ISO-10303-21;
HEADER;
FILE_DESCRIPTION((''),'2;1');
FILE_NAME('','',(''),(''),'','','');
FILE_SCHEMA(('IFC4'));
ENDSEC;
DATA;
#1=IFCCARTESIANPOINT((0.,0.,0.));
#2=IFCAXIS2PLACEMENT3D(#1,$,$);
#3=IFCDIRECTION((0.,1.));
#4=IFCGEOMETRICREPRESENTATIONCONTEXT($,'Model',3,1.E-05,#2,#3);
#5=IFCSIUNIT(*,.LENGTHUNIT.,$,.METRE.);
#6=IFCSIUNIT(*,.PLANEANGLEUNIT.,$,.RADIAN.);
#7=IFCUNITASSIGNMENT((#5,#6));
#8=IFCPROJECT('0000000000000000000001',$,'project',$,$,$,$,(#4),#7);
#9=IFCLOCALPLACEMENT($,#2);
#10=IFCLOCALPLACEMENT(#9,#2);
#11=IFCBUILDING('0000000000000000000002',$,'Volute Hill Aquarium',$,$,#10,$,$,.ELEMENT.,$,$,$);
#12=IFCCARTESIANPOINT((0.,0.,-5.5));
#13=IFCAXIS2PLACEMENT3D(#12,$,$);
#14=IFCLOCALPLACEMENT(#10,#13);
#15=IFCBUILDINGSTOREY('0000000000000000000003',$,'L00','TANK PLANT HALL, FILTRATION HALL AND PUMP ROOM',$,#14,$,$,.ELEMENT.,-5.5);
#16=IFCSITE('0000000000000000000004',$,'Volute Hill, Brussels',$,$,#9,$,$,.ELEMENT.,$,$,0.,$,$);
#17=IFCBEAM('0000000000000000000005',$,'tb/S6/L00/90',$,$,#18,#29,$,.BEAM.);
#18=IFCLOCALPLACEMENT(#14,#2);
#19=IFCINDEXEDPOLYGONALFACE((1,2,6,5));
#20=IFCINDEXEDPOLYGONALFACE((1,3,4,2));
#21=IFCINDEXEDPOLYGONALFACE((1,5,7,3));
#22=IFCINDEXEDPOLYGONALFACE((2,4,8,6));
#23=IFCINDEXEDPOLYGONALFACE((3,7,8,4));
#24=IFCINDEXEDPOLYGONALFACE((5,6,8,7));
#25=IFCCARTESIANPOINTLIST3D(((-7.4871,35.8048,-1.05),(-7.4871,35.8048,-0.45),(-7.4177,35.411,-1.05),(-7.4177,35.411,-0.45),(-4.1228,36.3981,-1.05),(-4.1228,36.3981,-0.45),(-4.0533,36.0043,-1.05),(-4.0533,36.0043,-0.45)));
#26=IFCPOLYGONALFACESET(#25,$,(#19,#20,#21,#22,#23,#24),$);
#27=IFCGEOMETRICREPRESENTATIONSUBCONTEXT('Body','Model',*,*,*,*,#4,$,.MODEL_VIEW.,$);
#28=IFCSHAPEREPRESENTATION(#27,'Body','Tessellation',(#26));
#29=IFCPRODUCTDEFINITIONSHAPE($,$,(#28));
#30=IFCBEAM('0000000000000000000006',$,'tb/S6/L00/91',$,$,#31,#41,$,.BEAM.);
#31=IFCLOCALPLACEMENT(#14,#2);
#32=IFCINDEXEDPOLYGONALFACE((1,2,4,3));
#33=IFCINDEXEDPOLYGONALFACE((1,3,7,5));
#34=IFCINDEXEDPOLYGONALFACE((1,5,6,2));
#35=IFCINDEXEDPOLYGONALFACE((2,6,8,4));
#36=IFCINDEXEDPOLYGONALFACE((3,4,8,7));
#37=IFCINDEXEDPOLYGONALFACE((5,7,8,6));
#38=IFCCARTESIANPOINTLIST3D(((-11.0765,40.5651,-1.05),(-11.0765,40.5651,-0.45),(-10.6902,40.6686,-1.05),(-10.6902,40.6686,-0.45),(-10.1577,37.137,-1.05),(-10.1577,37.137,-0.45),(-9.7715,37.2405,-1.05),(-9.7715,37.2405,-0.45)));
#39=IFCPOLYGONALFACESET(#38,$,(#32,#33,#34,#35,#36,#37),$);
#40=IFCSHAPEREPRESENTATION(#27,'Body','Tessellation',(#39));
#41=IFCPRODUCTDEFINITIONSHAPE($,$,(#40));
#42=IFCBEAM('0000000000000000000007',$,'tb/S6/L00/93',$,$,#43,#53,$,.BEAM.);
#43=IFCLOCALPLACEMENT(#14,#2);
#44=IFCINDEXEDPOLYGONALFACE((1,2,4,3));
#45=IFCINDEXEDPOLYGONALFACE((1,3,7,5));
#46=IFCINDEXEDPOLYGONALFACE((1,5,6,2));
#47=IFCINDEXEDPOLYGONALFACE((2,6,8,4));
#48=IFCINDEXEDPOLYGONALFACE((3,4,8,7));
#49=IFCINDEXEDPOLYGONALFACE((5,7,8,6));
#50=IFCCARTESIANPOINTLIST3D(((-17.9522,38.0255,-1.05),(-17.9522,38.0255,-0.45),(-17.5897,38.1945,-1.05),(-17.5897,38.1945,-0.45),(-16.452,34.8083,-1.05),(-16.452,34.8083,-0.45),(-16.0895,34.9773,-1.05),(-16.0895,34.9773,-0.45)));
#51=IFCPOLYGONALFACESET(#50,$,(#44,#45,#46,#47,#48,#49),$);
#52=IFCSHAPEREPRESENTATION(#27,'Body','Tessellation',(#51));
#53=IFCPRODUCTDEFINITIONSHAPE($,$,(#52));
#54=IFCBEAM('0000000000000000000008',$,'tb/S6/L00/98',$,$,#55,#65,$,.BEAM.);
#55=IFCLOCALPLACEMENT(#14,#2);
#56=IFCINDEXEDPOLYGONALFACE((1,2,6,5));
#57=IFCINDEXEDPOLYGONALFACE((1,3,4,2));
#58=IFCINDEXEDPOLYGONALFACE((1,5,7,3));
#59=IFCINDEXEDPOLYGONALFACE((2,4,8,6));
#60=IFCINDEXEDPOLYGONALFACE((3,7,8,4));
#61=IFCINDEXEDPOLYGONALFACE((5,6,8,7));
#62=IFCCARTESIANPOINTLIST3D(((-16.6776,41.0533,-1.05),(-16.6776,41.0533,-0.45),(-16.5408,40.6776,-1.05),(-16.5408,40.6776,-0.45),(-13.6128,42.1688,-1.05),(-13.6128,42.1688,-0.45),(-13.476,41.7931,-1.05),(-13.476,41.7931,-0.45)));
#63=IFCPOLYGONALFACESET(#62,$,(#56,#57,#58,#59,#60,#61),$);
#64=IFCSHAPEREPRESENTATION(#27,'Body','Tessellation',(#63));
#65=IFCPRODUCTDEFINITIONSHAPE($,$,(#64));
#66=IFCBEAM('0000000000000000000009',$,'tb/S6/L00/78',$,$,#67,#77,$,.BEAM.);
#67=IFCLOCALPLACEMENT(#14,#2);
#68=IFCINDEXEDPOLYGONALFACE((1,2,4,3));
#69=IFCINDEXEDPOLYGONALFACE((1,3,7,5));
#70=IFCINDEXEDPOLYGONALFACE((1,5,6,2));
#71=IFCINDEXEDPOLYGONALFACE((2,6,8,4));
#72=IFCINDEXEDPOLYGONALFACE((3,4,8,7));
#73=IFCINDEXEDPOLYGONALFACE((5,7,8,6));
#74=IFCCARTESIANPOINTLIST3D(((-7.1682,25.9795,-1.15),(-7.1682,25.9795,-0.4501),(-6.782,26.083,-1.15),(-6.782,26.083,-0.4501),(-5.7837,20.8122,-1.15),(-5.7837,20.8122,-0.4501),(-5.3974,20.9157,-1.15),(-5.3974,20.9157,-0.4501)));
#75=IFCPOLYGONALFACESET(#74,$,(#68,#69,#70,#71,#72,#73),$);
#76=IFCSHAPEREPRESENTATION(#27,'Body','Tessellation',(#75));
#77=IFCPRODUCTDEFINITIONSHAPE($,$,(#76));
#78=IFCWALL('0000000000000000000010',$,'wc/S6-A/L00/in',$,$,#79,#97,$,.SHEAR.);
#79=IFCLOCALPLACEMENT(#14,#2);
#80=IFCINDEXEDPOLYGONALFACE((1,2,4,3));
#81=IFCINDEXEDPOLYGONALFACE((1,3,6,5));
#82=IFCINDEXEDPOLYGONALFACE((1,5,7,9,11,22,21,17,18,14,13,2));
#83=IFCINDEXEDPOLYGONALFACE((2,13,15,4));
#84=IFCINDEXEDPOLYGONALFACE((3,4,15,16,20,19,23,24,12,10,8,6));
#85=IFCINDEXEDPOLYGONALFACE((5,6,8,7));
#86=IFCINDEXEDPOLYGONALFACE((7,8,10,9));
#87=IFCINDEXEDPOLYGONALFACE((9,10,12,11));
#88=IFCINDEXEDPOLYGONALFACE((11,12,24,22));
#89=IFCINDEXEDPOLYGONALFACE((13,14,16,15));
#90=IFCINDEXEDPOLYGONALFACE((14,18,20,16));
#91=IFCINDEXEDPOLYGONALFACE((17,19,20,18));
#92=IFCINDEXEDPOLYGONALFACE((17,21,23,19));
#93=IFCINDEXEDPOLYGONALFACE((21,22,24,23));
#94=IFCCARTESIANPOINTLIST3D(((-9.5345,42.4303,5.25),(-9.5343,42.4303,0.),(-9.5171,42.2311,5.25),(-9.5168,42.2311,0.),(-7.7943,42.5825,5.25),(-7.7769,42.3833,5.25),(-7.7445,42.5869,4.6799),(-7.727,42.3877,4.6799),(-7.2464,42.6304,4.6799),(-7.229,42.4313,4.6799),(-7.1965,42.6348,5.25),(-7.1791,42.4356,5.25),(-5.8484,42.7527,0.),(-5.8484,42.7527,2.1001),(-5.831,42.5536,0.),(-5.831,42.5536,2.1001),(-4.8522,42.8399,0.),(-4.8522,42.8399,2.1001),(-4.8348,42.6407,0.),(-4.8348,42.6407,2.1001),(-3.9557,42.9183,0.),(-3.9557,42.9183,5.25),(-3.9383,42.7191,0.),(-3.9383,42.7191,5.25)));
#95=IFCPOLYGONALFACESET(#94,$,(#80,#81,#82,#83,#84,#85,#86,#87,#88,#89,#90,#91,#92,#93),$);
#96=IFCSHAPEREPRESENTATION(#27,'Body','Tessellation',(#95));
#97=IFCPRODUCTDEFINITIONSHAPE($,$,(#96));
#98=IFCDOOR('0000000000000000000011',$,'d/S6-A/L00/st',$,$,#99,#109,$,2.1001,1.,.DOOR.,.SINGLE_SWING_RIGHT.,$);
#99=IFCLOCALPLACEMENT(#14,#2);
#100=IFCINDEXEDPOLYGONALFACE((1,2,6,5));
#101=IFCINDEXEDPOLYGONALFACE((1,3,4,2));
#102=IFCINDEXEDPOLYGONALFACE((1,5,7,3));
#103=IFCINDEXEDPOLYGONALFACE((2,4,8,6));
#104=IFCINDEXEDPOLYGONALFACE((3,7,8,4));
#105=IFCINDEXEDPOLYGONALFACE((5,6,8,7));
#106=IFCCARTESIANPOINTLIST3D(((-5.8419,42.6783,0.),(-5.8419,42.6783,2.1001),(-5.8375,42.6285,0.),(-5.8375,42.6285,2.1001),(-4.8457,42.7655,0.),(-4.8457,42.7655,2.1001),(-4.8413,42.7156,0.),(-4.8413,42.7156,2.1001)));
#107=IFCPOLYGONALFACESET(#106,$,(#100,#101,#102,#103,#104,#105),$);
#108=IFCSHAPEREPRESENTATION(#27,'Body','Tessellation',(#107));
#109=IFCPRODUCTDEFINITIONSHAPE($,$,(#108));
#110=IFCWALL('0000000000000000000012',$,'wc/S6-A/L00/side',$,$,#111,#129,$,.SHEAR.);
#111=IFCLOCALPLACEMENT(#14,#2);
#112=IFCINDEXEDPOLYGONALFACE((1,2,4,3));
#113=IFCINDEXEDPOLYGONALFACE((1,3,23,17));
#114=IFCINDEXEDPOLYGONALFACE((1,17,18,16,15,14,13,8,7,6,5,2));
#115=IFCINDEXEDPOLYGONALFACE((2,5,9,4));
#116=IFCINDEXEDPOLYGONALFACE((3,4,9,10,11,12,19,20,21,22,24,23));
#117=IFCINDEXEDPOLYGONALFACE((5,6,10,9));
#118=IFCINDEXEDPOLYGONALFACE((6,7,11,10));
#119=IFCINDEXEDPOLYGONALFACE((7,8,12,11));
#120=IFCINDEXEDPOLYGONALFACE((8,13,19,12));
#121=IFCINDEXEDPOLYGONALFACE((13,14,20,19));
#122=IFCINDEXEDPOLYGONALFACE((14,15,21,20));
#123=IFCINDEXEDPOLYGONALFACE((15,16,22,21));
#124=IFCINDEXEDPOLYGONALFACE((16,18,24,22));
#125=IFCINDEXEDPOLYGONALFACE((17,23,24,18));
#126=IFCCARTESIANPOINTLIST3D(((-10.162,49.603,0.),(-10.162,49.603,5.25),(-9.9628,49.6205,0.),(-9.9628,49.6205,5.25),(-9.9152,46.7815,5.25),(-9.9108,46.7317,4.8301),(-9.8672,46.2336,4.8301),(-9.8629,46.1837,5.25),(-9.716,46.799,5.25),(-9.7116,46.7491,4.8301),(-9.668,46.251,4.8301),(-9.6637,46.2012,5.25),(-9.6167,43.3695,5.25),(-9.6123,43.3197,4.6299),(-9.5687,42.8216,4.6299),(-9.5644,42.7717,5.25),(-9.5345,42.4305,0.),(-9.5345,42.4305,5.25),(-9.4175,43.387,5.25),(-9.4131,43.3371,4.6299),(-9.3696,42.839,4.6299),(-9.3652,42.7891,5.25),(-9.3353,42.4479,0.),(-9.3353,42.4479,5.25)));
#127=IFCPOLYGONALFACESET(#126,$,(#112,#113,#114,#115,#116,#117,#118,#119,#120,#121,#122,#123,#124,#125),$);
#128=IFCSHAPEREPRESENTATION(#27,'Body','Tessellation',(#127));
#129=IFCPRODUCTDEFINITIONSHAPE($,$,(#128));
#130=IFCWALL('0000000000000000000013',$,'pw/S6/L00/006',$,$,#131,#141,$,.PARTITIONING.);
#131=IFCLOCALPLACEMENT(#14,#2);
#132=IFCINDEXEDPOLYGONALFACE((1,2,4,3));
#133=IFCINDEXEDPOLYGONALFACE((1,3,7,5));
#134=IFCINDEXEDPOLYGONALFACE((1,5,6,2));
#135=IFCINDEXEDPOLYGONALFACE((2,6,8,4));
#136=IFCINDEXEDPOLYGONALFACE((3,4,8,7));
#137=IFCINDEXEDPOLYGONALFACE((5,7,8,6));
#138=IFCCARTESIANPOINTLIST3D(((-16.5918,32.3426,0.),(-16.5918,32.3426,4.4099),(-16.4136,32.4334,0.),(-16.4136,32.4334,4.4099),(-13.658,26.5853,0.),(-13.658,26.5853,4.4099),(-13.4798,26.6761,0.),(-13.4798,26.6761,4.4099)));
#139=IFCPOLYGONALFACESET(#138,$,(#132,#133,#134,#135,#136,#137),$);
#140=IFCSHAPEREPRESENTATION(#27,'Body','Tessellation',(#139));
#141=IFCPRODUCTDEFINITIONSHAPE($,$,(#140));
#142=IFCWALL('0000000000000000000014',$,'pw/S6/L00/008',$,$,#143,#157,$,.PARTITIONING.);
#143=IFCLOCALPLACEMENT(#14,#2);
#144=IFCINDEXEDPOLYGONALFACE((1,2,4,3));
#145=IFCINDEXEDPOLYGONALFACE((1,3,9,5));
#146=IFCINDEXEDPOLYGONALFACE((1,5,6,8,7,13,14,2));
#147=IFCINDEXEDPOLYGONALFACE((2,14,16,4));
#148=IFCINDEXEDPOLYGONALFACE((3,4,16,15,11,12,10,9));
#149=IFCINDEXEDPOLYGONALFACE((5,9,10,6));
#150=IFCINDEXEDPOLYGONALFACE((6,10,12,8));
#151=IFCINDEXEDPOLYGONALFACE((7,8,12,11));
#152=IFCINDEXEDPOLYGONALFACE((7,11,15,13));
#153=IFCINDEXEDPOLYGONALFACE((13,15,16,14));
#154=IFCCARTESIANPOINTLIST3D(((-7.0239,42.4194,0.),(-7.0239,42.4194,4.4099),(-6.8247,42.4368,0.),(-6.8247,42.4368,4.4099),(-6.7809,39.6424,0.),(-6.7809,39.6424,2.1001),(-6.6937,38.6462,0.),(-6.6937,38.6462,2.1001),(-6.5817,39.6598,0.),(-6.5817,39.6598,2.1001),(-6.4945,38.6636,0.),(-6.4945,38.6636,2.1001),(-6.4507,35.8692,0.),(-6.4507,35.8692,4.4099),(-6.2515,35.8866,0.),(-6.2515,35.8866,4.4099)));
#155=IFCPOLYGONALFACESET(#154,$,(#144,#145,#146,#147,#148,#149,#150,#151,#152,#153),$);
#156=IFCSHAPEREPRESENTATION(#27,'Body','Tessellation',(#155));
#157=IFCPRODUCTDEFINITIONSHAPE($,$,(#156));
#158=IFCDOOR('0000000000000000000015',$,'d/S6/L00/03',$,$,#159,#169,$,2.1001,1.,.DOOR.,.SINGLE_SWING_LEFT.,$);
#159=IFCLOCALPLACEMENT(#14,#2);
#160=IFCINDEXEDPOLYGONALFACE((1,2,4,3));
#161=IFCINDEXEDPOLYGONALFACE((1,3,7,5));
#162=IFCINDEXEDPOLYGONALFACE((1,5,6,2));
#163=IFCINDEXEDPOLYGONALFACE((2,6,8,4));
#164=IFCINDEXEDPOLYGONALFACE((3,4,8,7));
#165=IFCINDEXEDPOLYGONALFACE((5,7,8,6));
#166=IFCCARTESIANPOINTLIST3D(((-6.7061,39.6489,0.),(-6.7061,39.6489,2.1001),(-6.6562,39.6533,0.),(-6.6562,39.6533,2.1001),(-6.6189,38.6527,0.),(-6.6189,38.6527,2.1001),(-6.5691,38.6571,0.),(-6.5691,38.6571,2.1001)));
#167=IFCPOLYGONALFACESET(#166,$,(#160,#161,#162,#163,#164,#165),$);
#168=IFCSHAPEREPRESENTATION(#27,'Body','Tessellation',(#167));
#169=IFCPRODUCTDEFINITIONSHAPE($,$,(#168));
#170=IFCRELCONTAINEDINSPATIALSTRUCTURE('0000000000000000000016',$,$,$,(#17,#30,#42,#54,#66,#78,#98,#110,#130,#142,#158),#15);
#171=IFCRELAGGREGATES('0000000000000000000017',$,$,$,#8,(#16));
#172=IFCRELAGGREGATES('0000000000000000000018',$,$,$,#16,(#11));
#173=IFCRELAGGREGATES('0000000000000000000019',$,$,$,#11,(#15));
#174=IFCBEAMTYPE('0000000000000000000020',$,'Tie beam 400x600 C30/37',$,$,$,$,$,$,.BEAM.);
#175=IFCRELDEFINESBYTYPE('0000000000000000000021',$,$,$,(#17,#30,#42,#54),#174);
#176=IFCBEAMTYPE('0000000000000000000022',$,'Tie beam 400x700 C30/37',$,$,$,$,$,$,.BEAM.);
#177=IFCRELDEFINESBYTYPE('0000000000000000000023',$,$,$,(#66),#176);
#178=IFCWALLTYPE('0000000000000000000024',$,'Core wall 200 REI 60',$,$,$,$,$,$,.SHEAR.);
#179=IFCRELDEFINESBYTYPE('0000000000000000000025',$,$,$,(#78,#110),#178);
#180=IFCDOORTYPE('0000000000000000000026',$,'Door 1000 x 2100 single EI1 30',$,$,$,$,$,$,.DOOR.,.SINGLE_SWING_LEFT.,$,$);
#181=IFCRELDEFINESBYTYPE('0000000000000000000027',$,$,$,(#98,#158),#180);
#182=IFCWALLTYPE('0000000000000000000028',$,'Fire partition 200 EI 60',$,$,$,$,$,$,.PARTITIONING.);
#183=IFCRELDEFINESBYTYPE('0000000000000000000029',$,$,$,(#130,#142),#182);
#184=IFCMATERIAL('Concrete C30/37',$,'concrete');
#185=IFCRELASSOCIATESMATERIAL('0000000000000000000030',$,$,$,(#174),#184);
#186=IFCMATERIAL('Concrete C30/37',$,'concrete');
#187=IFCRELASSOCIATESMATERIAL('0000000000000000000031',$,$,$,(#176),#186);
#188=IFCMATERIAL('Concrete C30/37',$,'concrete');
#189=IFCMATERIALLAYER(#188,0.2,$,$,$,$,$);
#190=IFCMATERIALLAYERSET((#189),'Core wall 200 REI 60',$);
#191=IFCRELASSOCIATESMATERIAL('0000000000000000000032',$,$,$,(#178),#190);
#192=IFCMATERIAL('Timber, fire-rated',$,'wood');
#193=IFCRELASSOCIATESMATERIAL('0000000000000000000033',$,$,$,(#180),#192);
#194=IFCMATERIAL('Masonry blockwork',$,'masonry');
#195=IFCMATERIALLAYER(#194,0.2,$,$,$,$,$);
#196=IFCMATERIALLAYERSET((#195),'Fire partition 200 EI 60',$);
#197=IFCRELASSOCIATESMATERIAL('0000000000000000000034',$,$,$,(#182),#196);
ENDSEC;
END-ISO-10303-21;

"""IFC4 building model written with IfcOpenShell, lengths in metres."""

from ifc_helpers import new_model, si_unit, direction, frame, frame_2d, origin, origin_2d, place, context, subcontext, project, spatial, polyline, rectangle, outline, extrude, material, layer, layer_set, material_profile, profile_set, type_object, element, fill, save


model = new_model("IFC4")

# Units and contexts
model_context = context("Model", 3, precision=1e-05, world=origin(), true_north=direction((0.0, 1.0)))
body_context = subcontext(model_context, "Body", "Model", "MODEL_VIEW")
ifc_project = project(units=[si_unit("LENGTHUNIT", "METRE"), si_unit("PLANEANGLEUNIT", "RADIAN")], contexts=[model_context])

# Site, building, storey
site_placement = place(None, origin())
site = spatial("IfcSite", under=ifc_project, at=site_placement, Name="Volute Hill, Brussels", CompositionType="ELEMENT", RefElevation=0.0)
building_placement = place(site_placement, origin())
building = spatial("IfcBuilding", under=site, at=building_placement, Name="Volute Hill Aquarium", CompositionType="ELEMENT")
storey_placement = place(building_placement, frame((0.0, 0.0, -5.5)))
storey = spatial("IfcBuildingStorey", under=building, at=storey_placement, Name="L00", Description="TANK PLANT HALL, FILTRATION HALL AND PUMP ROOM", CompositionType="ELEMENT", Elevation=-5.5)

# Beams
ifc_material_1 = material(Name="Concrete C30/37", Category="concrete")
ifc_material_profile_1 = material_profile(ifc_material_1, rectangle(XDim=0.3999, YDim=0.6001, at=origin_2d()), Name="RC tie beam 400x600")
ifc_profile_set_1 = profile_set([ifc_material_profile_1], Name="Concrete C30/37")
beam_type_1 = type_object("IfcBeamType", Name="Tie beam 400x600 C30/37", PredefinedType="BEAM", material=ifc_profile_set_1)
beam_1_placement = place(storey_placement, frame((-7.4524, 35.6079, -0.75), z_axis=(0.984805, 0.173663, 0.0), x_axis=(-0.173663, 0.984805, 0.0)))
element("IfcBeam", 1, at=beam_1_placement, inside=storey, type_object=beam_type_1, Name="tb/S6/L00/90", PredefinedType="BEAM", context=body_context, shape_type="SweptSolid", body=[
    extrude(rectangle(XDim=0.3999, YDim=0.6001, at=origin_2d()), origin(), (0.0, 0.0, 1.0), 3.4163),
])
beam_2_placement = place(storey_placement, frame((-9.9646, 37.1887, -0.75), z_axis=(-0.258866, 0.965913, 0.0), x_axis=(-0.965913, -0.258866, 0.0)))
element("IfcBeam", 2, at=beam_2_placement, inside=storey, type_object=beam_type_1, Name="tb/S6/L00/91", PredefinedType="BEAM", context=body_context, shape_type="SweptSolid", body=[
    extrude(rectangle(XDim=0.3999, YDim=0.6001, at=origin_2d()), origin(), (0.0, 0.0, 1.0), 3.5491),
])
beam_3_placement = place(storey_placement, frame((-16.2708, 34.8928, -0.75), z_axis=(-0.422618, 0.906308, 0.0), x_axis=(-0.906308, -0.422618, 0.0)))
element("IfcBeam", 3, at=beam_3_placement, inside=storey, type_object=beam_type_1, Name="tb/S6/L00/93", PredefinedType="BEAM", context=body_context, shape_type="SweptSolid", body=[
    extrude(rectangle(XDim=0.3999, YDim=0.6001, at=origin_2d()), origin(), (0.0, 0.0, 1.0), 3.5498),
])
beam_4_placement = place(storey_placement, frame((-13.5444, 41.981, -0.75), z_axis=(-0.939691, -0.342026, 0.0), x_axis=(0.342026, -0.939691, 0.0)))
element("IfcBeam", 4, at=beam_4_placement, inside=storey, type_object=beam_type_1, Name="tb/S6/L00/98", PredefinedType="BEAM", context=body_context, shape_type="SweptSolid", body=[
    extrude(rectangle(XDim=0.3999, YDim=0.6001, at=origin_2d()), origin(), (0.0, 0.0, 1.0), 3.2615),
])
ifc_material_2 = material(Name="Concrete C30/37", Category="concrete")
ifc_material_profile_2 = material_profile(ifc_material_2, rectangle(XDim=0.3999, YDim=0.7, at=origin_2d()), Name="RC tie beam 400x700")
ifc_profile_set_2 = profile_set([ifc_material_profile_2], Name="Concrete C30/37")
beam_type_2 = type_object("IfcBeamType", Name="Tie beam 400x700 C30/37", PredefinedType="BEAM", material=ifc_profile_set_2)
beam_5_placement = place(storey_placement, frame((-6.9751, 26.0312, -0.8), z_axis=(0.258813, -0.965927, 0.0), x_axis=(0.965927, 0.258813, 0.0)))
element("IfcBeam", 5, at=beam_5_placement, inside=storey, type_object=beam_type_2, Name="tb/S6/L00/78", PredefinedType="BEAM", context=body_context, shape_type="SweptSolid", body=[
    extrude(rectangle(XDim=0.3999, YDim=0.7, at=origin_2d()), origin(), (0.0, 0.0, 1.0), 5.3496),
])

# Wall, opening, door
ifc_material_3 = material(Name="Concrete C30/37", Category="concrete")
ifc_layer_1 = layer(ifc_material_3, 0.2)
ifc_layer_set_1 = layer_set([ifc_layer_1], Name="Core wall 200 REI 60")
wall_type_1 = type_object("IfcWallType", Name="Core wall 200 REI 60", PredefinedType="SHEAR", material=ifc_layer_set_1)
wall_1_placement = place(storey_placement, frame((-3.947, 42.8188, 0.0), z_axis=(0.0, 0.0, 1.0), x_axis=(-0.996195, -0.087151, 0.0)))
wall_1 = element("IfcWall", 6, at=wall_1_placement, inside=storey, type_object=wall_type_1, Name="wc/S6-A/L00/in", PredefinedType="SHEAR", context=body_context, shape_type="SweptSolid", body=[
    extrude(outline(polyline([(0.0, 0.0), (5.5999, 0.0), (5.6001, 5.25), (3.8533, 5.25), (3.8032, 4.6799), (3.3032, 4.6799), (3.2532, 5.25), (0.0, 5.25), (0.0, 0.0)])), frame((0.0, 0.1001, 0.0), z_axis=(0.0, -1.0, 0.0), x_axis=(1.0, 0.0, 0.0)), (0.0, 0.0, 1.0), 0.2),
])
opening_1_placement = place(wall_1_placement, frame((0.8999, 0.0, 0.0)))
opening_1 = element("IfcOpeningElement", 7, at=opening_1_placement, cuts=wall_1, PredefinedType="OPENING", context=body_context, shape_type="SweptSolid", body=[
    extrude(rectangle(XDim=1.0, YDim=2.1001, at=frame_2d((0.5, 1.05))), frame((0.0, 0.1099, 0.0), z_axis=(0.0, -1.0, 0.0), x_axis=(1.0, 0.0, 0.0)), (0.0, 0.0, 1.0), 0.22),
])
ifc_material_4 = material(Name="Timber, fire-rated", Category="wood")
door_type = type_object("IfcDoorType", Name="Door 1000 x 2100 single EI1 30", OperationType="SINGLE_SWING_LEFT", PredefinedType="DOOR", material=ifc_material_4)
door_1_placement = place(opening_1_placement, origin())
door_1 = element("IfcDoor", 8, at=door_1_placement, inside=storey, type_object=door_type, Name="d/S6-A/L00/st", OperationType="SINGLE_SWING_RIGHT", OverallHeight=2.1001, OverallWidth=1.0, PredefinedType="DOOR", context=body_context, shape_type="SweptSolid", body=[
    extrude(rectangle(XDim=1.0, YDim=2.1001, at=frame_2d((0.5, 1.05))), frame((0.0, 0.0249, 0.0), z_axis=(0.0, -1.0, 0.0), x_axis=(1.0, 0.0, 0.0)), (0.0, 0.0, 1.0), 0.05),
])
fill(opening_1, door_1)

# Walls
wall_2_placement = place(storey_placement, frame((-9.4348, 42.4392, 0.0), z_axis=(0.0, 0.0, 1.0), x_axis=(-0.087145, 0.996196, 0.0)))
element("IfcWall", 9, at=wall_2_placement, inside=storey, type_object=wall_type_1, Name="wc/S6-A/L00/side", PredefinedType="SHEAR", context=body_context, shape_type="SweptSolid", body=[
    extrude(outline(polyline([(0.0, 0.0), (7.2, 0.0), (7.2, 5.25), (4.3677, 5.25), (4.3176, 4.8301), (3.8176, 4.8301), (3.7676, 5.25), (0.9426, 5.25), (0.8926, 4.6299), (0.3926, 4.6299), (0.3425, 5.25), (0.0, 5.25), (0.0, 0.0)])), frame((0.0, 0.1001, 0.0), z_axis=(0.0, -1.0, 0.0), x_axis=(1.0, 0.0, 0.0)), (0.0, 0.0, 1.0), 0.2),
])
ifc_material_5 = material(Name="Masonry blockwork", Category="masonry")
ifc_layer_2 = layer(ifc_material_5, 0.2)
ifc_layer_set_2 = layer_set([ifc_layer_2], Name="Fire partition 200 EI 60")
wall_type_2 = type_object("IfcWallType", Name="Fire partition 200 EI 60", PredefinedType="PARTITIONING", material=ifc_layer_set_2)
wall_3_placement = place(storey_placement, frame((-13.5688, 26.6306, 0.0), z_axis=(0.0, 0.0, 1.0), x_axis=(-0.454032, 0.890986, 0.0)))
element("IfcWall", 10, at=wall_3_placement, inside=storey, type_object=wall_type_2, Name="pw/S6/L00/006", PredefinedType="PARTITIONING", context=body_context, shape_type="SweptSolid", body=[
    extrude(rectangle(XDim=6.4617, YDim=0.2, at=frame_2d((3.231, 0.0))), origin(), (0.0, 0.0, 1.0), 4.4099),
])

# Wall, opening, door
wall_4_placement = place(storey_placement, frame((-6.3511, 35.8779, 0.0), z_axis=(0.0, 0.0, 1.0), x_axis=(-0.087184, 0.996192, 0.0)))
wall_4 = element("IfcWall", 11, at=wall_4_placement, inside=storey, type_object=wall_type_2, Name="pw/S6/L00/008", PredefinedType="PARTITIONING", context=body_context, shape_type="SweptSolid", body=[
    extrude(rectangle(XDim=6.5752, YDim=0.2, at=frame_2d((3.2876, 0.0))), origin(), (0.0, 0.0, 1.0), 4.4099),
])
opening_2_placement = place(wall_4_placement, frame((2.7876, 0.0, 0.0)))
opening_2 = element("IfcOpeningElement", 12, at=opening_2_placement, cuts=wall_4, PredefinedType="OPENING", context=body_context, shape_type="SweptSolid", body=[
    extrude(rectangle(XDim=1.0, YDim=2.1001, at=frame_2d((0.5, 1.05))), frame((0.0, 0.1099, 0.0), z_axis=(0.0, -1.0, 0.0), x_axis=(1.0, 0.0, 0.0)), (0.0, 0.0, 1.0), 0.22),
])
door_2_placement = place(opening_2_placement, origin())
door_2 = element("IfcDoor", 13, at=door_2_placement, inside=storey, type_object=door_type, Name="d/S6/L00/03", OperationType="SINGLE_SWING_LEFT", OverallHeight=2.1001, OverallWidth=1.0, PredefinedType="DOOR", context=body_context, shape_type="SweptSolid", body=[
    extrude(rectangle(XDim=1.0, YDim=2.1001, at=frame_2d((0.5, 1.05))), frame((0.0, 0.0249, 0.0), z_axis=(0.0, -1.0, 0.0), x_axis=(1.0, 0.0, 0.0)), (0.0, 0.0, 1.0), 0.05),
])
fill(opening_2, door_2)

save(model, "model.ifc")
